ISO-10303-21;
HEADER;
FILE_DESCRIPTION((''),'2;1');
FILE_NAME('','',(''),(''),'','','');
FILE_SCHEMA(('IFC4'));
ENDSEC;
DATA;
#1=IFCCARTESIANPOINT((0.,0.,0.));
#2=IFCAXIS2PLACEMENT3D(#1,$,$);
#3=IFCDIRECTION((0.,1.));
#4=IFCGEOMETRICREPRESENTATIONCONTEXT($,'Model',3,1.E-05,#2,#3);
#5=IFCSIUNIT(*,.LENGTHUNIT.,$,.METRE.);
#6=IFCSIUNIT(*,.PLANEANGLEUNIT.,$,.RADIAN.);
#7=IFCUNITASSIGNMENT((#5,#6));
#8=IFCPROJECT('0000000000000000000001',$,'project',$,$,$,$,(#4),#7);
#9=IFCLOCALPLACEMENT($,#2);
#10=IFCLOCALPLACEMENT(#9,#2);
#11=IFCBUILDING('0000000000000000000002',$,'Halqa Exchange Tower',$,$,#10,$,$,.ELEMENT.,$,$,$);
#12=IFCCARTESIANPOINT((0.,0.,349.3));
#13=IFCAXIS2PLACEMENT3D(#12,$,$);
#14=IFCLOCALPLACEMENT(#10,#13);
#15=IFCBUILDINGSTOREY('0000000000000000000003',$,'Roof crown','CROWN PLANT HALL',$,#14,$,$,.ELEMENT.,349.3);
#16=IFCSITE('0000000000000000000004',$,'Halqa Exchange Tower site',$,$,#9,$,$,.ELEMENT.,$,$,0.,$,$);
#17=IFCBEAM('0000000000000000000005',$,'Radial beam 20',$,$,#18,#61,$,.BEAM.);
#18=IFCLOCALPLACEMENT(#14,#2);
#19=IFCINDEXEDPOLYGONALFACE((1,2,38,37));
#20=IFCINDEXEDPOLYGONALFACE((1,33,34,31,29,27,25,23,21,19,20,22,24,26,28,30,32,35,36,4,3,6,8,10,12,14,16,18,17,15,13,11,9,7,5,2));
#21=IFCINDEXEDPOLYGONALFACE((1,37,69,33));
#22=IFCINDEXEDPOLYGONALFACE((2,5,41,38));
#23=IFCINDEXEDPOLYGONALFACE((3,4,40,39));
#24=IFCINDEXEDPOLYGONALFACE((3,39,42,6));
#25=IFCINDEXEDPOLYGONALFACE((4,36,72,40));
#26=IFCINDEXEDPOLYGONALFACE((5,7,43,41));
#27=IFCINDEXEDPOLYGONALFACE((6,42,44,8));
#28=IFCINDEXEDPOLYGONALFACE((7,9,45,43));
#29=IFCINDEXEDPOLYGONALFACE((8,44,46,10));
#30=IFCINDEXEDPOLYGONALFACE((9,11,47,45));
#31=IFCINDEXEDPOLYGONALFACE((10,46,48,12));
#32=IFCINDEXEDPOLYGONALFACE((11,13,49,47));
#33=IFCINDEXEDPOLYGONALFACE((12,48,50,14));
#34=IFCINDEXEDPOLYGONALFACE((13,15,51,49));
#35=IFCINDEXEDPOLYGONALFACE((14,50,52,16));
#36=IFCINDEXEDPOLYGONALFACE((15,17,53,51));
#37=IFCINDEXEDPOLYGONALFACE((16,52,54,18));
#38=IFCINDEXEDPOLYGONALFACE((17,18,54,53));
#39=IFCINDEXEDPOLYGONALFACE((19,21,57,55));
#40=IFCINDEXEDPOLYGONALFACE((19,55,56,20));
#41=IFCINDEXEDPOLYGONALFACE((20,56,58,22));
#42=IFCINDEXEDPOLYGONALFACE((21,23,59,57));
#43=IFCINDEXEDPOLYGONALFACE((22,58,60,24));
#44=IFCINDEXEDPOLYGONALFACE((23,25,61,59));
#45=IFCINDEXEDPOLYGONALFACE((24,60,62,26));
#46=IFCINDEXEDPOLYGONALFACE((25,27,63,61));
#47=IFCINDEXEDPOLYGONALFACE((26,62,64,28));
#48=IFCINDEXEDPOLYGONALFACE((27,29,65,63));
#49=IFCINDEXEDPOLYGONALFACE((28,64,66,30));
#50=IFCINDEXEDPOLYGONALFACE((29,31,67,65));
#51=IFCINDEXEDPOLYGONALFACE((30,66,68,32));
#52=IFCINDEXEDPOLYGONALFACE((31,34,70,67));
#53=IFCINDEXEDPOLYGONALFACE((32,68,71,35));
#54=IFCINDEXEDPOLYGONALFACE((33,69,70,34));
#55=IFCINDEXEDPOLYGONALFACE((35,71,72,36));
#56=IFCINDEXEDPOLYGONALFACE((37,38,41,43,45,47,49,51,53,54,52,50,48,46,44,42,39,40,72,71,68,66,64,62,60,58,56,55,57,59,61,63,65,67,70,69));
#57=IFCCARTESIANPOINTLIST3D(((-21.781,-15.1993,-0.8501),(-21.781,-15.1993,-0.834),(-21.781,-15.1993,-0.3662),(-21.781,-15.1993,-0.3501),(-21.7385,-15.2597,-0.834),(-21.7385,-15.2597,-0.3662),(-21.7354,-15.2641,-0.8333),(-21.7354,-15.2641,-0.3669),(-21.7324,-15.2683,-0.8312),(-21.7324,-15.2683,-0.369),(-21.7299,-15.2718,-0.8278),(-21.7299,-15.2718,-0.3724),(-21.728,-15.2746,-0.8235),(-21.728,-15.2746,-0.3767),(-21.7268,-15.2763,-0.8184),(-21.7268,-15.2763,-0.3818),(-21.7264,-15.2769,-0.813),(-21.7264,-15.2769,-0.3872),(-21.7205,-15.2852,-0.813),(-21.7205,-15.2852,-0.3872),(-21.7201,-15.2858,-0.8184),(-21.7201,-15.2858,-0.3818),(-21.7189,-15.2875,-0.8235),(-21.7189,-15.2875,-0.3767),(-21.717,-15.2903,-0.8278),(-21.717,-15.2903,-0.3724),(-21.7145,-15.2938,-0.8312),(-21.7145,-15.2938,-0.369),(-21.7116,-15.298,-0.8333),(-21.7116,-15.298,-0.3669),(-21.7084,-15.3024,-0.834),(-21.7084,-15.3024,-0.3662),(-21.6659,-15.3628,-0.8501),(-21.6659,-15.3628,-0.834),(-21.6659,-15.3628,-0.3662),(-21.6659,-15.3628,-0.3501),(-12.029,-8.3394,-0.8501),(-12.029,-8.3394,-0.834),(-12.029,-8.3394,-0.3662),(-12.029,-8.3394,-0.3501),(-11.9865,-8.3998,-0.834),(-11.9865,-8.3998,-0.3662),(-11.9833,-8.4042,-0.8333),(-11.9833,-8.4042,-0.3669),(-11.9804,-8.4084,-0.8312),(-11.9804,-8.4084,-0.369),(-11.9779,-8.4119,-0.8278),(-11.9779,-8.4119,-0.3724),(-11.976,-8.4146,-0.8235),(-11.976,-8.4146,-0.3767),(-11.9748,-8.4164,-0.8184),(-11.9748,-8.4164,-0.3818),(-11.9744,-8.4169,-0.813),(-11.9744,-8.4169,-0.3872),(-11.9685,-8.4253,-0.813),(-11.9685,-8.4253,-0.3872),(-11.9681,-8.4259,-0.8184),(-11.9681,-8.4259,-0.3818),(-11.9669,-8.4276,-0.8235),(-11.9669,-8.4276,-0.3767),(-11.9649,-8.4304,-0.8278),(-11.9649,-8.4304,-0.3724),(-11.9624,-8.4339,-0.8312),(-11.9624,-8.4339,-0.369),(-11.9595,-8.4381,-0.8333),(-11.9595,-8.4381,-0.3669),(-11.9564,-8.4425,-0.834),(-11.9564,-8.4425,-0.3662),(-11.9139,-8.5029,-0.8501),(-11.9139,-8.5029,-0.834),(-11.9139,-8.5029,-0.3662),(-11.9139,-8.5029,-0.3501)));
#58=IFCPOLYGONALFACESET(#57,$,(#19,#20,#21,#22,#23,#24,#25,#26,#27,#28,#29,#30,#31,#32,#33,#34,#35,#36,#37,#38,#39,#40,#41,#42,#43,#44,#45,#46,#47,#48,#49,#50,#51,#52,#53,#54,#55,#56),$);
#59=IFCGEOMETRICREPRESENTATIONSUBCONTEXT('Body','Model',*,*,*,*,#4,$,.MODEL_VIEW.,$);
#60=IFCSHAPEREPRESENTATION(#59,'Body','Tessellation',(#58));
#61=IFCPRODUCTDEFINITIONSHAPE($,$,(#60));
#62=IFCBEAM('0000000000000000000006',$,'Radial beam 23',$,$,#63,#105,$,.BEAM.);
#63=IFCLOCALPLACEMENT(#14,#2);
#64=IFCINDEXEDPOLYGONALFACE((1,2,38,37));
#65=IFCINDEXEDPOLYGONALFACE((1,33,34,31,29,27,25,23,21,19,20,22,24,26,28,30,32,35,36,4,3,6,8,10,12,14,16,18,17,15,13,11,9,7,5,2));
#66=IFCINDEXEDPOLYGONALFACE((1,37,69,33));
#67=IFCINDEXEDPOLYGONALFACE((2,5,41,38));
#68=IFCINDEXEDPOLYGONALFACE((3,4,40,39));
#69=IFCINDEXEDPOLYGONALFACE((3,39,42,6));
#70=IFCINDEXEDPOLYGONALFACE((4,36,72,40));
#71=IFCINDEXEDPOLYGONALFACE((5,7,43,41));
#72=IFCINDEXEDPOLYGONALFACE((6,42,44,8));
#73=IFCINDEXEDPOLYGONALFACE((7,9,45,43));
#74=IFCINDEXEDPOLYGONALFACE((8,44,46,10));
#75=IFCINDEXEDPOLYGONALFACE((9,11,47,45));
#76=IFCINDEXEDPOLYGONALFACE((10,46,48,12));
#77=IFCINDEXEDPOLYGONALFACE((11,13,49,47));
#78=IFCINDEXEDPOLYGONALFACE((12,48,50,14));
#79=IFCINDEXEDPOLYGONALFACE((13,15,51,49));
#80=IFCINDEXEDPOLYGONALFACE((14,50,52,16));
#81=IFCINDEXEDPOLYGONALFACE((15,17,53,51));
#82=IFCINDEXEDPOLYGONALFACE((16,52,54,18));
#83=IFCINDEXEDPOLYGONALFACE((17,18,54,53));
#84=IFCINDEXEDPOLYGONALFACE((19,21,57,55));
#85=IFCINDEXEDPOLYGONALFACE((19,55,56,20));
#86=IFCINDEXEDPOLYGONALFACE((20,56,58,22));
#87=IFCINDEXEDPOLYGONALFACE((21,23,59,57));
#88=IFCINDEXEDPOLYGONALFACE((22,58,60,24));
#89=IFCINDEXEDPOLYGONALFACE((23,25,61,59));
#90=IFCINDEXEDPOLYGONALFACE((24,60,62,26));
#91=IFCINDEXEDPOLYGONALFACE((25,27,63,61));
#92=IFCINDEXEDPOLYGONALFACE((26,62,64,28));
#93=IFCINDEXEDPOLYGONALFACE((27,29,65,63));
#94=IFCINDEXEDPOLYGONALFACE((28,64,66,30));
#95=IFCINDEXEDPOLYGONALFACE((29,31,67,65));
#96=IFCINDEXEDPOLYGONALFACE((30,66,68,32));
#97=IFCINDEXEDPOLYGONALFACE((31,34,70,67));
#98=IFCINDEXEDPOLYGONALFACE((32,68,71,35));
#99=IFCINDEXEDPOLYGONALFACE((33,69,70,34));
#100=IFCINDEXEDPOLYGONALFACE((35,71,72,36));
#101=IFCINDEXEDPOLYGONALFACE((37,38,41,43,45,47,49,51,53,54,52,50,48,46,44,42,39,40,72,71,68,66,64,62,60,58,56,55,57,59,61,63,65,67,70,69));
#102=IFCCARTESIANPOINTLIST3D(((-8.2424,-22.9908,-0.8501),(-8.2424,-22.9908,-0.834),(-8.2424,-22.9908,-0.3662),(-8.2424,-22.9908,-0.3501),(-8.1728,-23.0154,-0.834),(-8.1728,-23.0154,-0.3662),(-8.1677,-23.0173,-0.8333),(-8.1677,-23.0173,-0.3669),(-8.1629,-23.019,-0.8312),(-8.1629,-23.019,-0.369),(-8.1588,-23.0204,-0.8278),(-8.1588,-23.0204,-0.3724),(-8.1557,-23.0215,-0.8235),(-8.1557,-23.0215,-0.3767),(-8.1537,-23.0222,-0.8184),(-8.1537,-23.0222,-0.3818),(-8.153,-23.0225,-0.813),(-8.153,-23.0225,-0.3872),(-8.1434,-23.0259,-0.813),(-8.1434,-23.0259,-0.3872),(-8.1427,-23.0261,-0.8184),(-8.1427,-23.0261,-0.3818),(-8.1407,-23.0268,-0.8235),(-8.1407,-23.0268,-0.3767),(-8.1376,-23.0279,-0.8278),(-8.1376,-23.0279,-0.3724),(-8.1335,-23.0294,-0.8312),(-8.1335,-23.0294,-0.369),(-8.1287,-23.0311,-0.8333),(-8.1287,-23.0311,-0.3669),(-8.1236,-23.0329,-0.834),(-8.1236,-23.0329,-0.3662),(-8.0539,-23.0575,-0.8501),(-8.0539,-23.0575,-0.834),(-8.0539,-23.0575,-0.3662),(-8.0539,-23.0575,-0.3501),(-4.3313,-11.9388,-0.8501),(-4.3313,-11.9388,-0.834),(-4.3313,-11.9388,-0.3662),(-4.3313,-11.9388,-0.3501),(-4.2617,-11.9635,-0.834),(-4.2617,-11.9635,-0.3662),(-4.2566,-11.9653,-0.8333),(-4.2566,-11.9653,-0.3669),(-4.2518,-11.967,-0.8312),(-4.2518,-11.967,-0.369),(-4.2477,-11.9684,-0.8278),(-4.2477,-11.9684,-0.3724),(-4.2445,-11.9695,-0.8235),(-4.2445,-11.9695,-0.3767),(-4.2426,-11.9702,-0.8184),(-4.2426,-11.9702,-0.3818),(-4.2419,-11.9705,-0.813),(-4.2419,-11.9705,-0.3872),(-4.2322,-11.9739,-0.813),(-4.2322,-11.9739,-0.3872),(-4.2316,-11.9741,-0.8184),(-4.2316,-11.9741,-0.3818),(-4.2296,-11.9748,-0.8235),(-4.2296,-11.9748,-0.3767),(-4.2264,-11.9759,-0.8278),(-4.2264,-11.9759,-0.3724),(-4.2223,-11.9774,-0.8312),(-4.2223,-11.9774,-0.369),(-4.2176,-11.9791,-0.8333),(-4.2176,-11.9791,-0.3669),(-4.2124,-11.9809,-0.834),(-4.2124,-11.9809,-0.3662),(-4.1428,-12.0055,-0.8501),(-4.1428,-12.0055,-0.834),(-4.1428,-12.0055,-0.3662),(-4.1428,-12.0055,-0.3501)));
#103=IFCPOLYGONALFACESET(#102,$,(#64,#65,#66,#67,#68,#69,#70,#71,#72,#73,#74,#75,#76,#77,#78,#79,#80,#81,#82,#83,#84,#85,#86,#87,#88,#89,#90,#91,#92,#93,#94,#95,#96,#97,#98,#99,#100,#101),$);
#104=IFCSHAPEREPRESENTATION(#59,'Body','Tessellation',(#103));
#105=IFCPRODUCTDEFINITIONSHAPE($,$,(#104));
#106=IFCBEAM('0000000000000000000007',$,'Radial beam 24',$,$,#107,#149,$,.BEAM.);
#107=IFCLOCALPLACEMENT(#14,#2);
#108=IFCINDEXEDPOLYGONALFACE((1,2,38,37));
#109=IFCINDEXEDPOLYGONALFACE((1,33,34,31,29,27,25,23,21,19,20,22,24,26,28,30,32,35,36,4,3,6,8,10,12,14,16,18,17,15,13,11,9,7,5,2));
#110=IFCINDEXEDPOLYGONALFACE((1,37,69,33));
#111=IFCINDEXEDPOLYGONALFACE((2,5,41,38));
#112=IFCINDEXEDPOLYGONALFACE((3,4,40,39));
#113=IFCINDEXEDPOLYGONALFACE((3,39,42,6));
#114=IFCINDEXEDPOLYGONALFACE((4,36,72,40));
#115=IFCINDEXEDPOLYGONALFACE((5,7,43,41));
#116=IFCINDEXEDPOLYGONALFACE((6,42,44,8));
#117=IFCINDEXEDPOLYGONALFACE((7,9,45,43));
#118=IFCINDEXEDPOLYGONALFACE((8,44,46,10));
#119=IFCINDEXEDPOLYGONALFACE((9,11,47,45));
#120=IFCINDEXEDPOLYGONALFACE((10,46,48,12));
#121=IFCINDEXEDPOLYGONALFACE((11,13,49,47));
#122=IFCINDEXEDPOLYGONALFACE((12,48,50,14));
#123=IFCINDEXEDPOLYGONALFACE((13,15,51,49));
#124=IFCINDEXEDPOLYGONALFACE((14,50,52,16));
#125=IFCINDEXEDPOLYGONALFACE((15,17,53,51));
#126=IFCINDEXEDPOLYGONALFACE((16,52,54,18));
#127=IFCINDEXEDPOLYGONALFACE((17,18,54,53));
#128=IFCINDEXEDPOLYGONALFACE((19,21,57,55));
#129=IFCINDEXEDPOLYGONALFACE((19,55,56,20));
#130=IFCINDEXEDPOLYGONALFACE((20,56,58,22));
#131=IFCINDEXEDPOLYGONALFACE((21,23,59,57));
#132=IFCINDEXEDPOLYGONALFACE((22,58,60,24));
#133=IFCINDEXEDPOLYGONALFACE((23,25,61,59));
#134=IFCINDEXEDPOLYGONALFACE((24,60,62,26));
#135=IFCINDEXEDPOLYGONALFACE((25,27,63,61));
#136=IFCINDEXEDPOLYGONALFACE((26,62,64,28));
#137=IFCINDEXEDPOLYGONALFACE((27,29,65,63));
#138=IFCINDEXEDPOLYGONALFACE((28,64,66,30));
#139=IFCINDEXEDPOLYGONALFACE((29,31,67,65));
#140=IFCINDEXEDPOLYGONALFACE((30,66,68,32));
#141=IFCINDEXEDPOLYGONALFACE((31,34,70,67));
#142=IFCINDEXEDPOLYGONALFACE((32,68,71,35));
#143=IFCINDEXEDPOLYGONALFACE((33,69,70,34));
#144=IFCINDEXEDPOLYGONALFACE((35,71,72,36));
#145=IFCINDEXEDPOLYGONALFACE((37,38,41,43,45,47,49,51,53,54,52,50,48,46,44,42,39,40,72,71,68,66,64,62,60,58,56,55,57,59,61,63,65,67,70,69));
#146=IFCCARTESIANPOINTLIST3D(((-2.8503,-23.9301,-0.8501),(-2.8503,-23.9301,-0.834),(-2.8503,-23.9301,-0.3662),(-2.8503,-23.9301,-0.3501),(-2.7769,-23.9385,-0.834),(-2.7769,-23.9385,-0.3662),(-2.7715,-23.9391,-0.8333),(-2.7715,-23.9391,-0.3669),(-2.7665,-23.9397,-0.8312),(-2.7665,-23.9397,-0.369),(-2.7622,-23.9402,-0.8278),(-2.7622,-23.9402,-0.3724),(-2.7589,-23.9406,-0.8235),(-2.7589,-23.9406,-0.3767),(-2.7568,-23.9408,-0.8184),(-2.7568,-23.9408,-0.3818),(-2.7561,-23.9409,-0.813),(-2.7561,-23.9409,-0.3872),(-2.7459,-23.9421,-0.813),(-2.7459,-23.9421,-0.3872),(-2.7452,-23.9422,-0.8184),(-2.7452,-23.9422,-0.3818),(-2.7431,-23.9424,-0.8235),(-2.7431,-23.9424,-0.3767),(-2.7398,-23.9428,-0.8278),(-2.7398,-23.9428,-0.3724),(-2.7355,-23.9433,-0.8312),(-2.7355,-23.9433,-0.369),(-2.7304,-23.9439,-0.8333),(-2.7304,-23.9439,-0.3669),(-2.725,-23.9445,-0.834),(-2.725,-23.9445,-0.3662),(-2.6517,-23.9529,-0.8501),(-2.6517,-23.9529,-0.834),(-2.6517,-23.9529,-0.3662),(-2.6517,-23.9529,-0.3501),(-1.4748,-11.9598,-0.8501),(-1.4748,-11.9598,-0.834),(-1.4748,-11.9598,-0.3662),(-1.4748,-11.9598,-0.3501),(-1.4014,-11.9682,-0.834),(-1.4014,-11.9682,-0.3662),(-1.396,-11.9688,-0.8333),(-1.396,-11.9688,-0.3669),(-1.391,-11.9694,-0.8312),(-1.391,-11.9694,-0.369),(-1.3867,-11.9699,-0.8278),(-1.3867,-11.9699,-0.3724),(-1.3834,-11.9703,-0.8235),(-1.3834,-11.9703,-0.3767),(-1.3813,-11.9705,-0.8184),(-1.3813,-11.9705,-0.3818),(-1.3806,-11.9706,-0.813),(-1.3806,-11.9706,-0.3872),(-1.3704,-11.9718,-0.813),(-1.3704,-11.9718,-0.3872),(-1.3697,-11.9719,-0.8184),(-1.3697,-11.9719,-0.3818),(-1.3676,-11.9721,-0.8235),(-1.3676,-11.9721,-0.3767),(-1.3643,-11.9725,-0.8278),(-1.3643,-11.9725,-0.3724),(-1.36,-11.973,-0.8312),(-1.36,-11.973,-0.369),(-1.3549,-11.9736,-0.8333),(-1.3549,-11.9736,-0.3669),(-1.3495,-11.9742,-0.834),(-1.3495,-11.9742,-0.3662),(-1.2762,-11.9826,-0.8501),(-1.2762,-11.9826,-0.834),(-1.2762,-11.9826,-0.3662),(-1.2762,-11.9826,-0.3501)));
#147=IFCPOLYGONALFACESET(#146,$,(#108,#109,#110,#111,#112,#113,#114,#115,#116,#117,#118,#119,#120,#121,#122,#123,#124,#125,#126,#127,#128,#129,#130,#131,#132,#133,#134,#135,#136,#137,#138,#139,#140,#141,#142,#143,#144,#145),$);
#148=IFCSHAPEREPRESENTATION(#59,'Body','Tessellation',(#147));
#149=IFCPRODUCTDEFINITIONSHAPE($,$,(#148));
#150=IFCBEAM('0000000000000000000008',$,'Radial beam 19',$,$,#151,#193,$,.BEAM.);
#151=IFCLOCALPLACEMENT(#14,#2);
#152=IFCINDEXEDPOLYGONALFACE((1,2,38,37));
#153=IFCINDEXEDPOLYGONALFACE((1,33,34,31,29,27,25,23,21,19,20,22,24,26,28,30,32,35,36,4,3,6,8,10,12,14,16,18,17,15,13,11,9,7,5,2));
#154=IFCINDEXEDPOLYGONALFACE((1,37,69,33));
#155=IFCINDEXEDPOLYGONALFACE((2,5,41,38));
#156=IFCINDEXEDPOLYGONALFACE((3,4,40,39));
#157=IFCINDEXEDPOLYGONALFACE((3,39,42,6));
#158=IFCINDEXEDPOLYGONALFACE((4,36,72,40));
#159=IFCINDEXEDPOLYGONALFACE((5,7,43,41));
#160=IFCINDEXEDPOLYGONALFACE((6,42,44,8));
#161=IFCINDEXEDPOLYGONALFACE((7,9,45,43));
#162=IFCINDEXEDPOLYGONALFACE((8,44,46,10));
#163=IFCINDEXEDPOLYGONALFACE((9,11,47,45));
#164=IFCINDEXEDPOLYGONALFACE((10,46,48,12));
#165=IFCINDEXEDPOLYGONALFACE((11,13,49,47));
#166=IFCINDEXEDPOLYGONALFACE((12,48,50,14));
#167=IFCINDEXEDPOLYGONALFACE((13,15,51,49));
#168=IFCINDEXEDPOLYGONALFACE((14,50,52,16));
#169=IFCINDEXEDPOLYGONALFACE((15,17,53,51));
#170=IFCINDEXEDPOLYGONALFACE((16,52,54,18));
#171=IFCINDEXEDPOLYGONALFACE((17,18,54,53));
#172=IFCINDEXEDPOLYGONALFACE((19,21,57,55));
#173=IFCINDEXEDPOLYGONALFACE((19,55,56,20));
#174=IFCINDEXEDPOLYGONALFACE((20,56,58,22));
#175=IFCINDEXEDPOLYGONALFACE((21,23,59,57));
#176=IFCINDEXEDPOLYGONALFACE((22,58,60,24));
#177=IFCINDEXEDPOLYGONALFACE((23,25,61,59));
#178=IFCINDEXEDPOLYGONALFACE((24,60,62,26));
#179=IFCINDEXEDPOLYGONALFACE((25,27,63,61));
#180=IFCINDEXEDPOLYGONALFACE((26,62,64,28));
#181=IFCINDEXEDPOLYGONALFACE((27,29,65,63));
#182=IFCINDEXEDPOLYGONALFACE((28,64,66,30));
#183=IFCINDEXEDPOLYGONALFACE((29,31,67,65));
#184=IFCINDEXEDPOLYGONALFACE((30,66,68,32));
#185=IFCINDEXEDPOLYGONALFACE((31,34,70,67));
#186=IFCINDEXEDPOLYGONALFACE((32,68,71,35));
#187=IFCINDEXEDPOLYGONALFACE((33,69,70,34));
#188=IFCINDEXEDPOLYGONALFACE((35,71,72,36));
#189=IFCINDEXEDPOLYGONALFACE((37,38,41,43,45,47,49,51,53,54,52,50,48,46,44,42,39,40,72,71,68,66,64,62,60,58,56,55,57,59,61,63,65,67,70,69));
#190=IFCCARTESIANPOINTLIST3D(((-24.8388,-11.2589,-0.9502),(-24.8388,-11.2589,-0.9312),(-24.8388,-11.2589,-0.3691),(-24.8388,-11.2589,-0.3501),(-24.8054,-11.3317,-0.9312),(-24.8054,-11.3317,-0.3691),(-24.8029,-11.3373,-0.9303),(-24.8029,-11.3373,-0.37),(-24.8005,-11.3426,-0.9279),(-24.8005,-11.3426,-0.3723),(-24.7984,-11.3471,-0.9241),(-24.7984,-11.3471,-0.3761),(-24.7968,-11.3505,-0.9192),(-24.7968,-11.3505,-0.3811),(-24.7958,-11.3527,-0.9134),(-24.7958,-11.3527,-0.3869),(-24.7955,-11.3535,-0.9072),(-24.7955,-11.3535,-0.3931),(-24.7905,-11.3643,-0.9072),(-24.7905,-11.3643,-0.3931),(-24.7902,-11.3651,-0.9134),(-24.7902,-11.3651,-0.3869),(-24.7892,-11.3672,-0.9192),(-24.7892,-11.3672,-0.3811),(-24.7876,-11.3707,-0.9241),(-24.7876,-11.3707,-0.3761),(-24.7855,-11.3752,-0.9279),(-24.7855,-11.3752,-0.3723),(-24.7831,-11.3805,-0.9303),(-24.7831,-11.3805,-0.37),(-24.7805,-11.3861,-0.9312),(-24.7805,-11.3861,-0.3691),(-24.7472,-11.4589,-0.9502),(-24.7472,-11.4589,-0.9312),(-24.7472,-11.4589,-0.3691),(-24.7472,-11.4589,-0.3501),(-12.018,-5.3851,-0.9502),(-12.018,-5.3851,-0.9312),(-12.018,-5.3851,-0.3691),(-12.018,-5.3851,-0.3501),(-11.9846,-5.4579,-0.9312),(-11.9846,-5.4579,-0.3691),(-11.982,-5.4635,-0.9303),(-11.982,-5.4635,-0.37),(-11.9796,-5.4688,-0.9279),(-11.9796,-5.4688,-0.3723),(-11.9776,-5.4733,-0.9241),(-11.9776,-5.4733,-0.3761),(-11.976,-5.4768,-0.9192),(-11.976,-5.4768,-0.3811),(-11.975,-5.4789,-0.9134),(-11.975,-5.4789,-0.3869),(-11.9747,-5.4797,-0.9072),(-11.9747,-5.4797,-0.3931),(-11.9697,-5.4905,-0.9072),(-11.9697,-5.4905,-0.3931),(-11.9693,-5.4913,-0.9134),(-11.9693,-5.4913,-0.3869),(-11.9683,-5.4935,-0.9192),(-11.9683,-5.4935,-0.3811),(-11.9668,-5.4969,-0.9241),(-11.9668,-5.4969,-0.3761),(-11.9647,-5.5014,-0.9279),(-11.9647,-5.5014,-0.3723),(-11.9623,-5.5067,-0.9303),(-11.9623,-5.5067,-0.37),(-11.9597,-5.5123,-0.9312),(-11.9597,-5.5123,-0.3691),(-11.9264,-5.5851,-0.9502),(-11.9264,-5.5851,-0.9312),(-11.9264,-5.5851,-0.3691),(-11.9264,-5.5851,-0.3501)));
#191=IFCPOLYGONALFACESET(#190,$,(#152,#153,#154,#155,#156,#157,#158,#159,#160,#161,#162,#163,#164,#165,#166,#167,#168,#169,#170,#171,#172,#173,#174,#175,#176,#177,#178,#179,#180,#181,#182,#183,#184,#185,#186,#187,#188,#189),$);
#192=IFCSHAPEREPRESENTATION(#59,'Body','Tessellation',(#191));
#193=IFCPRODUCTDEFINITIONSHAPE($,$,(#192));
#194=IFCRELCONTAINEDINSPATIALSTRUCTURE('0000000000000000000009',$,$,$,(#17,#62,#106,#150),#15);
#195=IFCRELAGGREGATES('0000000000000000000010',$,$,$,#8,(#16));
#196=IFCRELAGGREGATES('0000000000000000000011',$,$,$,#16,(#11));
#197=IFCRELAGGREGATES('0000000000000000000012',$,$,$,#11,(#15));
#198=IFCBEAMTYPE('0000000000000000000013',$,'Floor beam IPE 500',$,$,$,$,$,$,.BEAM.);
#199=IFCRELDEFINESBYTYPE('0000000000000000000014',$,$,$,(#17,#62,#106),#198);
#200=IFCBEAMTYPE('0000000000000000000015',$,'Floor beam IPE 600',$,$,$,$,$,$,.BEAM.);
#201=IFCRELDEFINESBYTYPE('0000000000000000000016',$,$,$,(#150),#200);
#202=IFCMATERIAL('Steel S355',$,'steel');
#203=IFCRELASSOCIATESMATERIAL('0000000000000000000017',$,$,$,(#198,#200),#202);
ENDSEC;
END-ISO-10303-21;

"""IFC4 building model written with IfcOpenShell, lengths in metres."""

from ifc_helpers import new_model, si_unit, direction, frame, origin, origin_2d, place, context, subcontext, project, spatial, i_section, extrude, material, material_profile, profile_set, type_object, element, save


model = new_model("IFC4")

# Units and contexts
model_context = context("Model", 3, precision=1e-05, world=origin(), true_north=direction((0.0, 1.0)))
body_context = subcontext(model_context, "Body", "Model", "MODEL_VIEW")
ifc_project = project(units=[si_unit("LENGTHUNIT", "METRE"), si_unit("PLANEANGLEUNIT", "RADIAN")], contexts=[model_context])

# Site, building, storey
site_placement = place(None, origin())
site = spatial("IfcSite", under=ifc_project, at=site_placement, Name="Halqa Exchange Tower site", CompositionType="ELEMENT", RefElevation=0.0)
building_placement = place(site_placement, origin())
building = spatial("IfcBuilding", under=site, at=building_placement, Name="Halqa Exchange Tower", CompositionType="ELEMENT")
storey_placement = place(building_placement, frame((0.0, 0.0, 349.3)))
storey = spatial("IfcBuildingStorey", under=building, at=storey_placement, Name="Roof crown", Description="CROWN PLANT HALL", CompositionType="ELEMENT", Elevation=349.3)

# Shared definitions
ifc_material_1 = material(Name="Steel S355", Category="steel")

# Beams
ifc_material_profile_1 = material_profile(ifc_material_1, i_section(OverallWidth=0.2, OverallDepth=0.5, WebThickness=0.0103, FlangeThickness=0.0161, FilletRadius=0.021, at=origin_2d()), Name="IPE 500")
ifc_profile_set_1 = profile_set([ifc_material_profile_1], Name="Steel S355")
beam_type_1 = type_object("IfcBeamType", Name="Floor beam IPE 500", PredefinedType="BEAM", material=ifc_profile_set_1)
beam_1_placement = place(storey_placement, frame((-11.9714, -8.4211, -0.6001), z_axis=(-0.81791, -0.575346, 0.0), x_axis=(0.575346, -0.81791, 0.0)))
element("IfcBeam", 1, at=beam_1_placement, inside=storey, type_object=beam_type_1, Name="Radial beam 20", PredefinedType="BEAM", context=body_context, shape_type="SweptSolid", body=[
    extrude(i_section(OverallWidth=0.2, OverallDepth=0.5, WebThickness=0.0103, FlangeThickness=0.0161, FilletRadius=0.021, at=origin_2d()), origin(), (0.0, 0.0, 1.0), 11.9231),
])
beam_2_placement = place(storey_placement, frame((-4.2371, -11.9722, -0.6001), z_axis=(-0.333611, -0.942711, 0.0), x_axis=(0.942711, -0.333611, 0.0)))
element("IfcBeam", 2, at=beam_2_placement, inside=storey, type_object=beam_type_1, Name="Radial beam 23", PredefinedType="BEAM", context=body_context, shape_type="SweptSolid", body=[
    extrude(i_section(OverallWidth=0.2, OverallDepth=0.5, WebThickness=0.0103, FlangeThickness=0.0161, FilletRadius=0.021, at=origin_2d()), origin(), (0.0, 0.0, 1.0), 11.7236),
])
beam_3_placement = place(storey_placement, frame((-1.3755, -11.9712, -0.6001), z_axis=(-0.114158, -0.993463, 0.0), x_axis=(0.993463, -0.114158, 0.0)))
element("IfcBeam", 3, at=beam_3_placement, inside=storey, type_object=beam_type_1, Name="Radial beam 24", PredefinedType="BEAM", context=body_context, shape_type="SweptSolid", body=[
    extrude(i_section(OverallWidth=0.2, OverallDepth=0.5, WebThickness=0.0103, FlangeThickness=0.0161, FilletRadius=0.021, at=origin_2d()), origin(), (0.0, 0.0, 1.0), 12.0491),
])
ifc_material_profile_2 = material_profile(ifc_material_1, i_section(OverallWidth=0.22, OverallDepth=0.6001, WebThickness=0.012, FlangeThickness=0.019, FilletRadius=0.0239, at=origin_2d()), Name="IPE 600")
ifc_profile_set_2 = profile_set([ifc_material_profile_2], Name="Steel S355")
beam_type_2 = type_object("IfcBeamType", Name="Floor beam IPE 600", PredefinedType="BEAM", material=ifc_profile_set_2)
beam_4_placement = place(storey_placement, frame((-11.9722, -5.4851, -0.6501), z_axis=(-0.90913, -0.416513, 0.0), x_axis=(0.416513, -0.90913, 0.0)))
element("IfcBeam", 4, at=beam_4_placement, inside=storey, type_object=beam_type_2, Name="Radial beam 19", PredefinedType="BEAM", context=body_context, shape_type="SweptSolid", body=[
    extrude(i_section(OverallWidth=0.22, OverallDepth=0.6001, WebThickness=0.012, FlangeThickness=0.019, FilletRadius=0.0239, at=origin_2d()), origin(), (0.0, 0.0, 1.0), 14.1023),
])

save(model, "model.ifc")
